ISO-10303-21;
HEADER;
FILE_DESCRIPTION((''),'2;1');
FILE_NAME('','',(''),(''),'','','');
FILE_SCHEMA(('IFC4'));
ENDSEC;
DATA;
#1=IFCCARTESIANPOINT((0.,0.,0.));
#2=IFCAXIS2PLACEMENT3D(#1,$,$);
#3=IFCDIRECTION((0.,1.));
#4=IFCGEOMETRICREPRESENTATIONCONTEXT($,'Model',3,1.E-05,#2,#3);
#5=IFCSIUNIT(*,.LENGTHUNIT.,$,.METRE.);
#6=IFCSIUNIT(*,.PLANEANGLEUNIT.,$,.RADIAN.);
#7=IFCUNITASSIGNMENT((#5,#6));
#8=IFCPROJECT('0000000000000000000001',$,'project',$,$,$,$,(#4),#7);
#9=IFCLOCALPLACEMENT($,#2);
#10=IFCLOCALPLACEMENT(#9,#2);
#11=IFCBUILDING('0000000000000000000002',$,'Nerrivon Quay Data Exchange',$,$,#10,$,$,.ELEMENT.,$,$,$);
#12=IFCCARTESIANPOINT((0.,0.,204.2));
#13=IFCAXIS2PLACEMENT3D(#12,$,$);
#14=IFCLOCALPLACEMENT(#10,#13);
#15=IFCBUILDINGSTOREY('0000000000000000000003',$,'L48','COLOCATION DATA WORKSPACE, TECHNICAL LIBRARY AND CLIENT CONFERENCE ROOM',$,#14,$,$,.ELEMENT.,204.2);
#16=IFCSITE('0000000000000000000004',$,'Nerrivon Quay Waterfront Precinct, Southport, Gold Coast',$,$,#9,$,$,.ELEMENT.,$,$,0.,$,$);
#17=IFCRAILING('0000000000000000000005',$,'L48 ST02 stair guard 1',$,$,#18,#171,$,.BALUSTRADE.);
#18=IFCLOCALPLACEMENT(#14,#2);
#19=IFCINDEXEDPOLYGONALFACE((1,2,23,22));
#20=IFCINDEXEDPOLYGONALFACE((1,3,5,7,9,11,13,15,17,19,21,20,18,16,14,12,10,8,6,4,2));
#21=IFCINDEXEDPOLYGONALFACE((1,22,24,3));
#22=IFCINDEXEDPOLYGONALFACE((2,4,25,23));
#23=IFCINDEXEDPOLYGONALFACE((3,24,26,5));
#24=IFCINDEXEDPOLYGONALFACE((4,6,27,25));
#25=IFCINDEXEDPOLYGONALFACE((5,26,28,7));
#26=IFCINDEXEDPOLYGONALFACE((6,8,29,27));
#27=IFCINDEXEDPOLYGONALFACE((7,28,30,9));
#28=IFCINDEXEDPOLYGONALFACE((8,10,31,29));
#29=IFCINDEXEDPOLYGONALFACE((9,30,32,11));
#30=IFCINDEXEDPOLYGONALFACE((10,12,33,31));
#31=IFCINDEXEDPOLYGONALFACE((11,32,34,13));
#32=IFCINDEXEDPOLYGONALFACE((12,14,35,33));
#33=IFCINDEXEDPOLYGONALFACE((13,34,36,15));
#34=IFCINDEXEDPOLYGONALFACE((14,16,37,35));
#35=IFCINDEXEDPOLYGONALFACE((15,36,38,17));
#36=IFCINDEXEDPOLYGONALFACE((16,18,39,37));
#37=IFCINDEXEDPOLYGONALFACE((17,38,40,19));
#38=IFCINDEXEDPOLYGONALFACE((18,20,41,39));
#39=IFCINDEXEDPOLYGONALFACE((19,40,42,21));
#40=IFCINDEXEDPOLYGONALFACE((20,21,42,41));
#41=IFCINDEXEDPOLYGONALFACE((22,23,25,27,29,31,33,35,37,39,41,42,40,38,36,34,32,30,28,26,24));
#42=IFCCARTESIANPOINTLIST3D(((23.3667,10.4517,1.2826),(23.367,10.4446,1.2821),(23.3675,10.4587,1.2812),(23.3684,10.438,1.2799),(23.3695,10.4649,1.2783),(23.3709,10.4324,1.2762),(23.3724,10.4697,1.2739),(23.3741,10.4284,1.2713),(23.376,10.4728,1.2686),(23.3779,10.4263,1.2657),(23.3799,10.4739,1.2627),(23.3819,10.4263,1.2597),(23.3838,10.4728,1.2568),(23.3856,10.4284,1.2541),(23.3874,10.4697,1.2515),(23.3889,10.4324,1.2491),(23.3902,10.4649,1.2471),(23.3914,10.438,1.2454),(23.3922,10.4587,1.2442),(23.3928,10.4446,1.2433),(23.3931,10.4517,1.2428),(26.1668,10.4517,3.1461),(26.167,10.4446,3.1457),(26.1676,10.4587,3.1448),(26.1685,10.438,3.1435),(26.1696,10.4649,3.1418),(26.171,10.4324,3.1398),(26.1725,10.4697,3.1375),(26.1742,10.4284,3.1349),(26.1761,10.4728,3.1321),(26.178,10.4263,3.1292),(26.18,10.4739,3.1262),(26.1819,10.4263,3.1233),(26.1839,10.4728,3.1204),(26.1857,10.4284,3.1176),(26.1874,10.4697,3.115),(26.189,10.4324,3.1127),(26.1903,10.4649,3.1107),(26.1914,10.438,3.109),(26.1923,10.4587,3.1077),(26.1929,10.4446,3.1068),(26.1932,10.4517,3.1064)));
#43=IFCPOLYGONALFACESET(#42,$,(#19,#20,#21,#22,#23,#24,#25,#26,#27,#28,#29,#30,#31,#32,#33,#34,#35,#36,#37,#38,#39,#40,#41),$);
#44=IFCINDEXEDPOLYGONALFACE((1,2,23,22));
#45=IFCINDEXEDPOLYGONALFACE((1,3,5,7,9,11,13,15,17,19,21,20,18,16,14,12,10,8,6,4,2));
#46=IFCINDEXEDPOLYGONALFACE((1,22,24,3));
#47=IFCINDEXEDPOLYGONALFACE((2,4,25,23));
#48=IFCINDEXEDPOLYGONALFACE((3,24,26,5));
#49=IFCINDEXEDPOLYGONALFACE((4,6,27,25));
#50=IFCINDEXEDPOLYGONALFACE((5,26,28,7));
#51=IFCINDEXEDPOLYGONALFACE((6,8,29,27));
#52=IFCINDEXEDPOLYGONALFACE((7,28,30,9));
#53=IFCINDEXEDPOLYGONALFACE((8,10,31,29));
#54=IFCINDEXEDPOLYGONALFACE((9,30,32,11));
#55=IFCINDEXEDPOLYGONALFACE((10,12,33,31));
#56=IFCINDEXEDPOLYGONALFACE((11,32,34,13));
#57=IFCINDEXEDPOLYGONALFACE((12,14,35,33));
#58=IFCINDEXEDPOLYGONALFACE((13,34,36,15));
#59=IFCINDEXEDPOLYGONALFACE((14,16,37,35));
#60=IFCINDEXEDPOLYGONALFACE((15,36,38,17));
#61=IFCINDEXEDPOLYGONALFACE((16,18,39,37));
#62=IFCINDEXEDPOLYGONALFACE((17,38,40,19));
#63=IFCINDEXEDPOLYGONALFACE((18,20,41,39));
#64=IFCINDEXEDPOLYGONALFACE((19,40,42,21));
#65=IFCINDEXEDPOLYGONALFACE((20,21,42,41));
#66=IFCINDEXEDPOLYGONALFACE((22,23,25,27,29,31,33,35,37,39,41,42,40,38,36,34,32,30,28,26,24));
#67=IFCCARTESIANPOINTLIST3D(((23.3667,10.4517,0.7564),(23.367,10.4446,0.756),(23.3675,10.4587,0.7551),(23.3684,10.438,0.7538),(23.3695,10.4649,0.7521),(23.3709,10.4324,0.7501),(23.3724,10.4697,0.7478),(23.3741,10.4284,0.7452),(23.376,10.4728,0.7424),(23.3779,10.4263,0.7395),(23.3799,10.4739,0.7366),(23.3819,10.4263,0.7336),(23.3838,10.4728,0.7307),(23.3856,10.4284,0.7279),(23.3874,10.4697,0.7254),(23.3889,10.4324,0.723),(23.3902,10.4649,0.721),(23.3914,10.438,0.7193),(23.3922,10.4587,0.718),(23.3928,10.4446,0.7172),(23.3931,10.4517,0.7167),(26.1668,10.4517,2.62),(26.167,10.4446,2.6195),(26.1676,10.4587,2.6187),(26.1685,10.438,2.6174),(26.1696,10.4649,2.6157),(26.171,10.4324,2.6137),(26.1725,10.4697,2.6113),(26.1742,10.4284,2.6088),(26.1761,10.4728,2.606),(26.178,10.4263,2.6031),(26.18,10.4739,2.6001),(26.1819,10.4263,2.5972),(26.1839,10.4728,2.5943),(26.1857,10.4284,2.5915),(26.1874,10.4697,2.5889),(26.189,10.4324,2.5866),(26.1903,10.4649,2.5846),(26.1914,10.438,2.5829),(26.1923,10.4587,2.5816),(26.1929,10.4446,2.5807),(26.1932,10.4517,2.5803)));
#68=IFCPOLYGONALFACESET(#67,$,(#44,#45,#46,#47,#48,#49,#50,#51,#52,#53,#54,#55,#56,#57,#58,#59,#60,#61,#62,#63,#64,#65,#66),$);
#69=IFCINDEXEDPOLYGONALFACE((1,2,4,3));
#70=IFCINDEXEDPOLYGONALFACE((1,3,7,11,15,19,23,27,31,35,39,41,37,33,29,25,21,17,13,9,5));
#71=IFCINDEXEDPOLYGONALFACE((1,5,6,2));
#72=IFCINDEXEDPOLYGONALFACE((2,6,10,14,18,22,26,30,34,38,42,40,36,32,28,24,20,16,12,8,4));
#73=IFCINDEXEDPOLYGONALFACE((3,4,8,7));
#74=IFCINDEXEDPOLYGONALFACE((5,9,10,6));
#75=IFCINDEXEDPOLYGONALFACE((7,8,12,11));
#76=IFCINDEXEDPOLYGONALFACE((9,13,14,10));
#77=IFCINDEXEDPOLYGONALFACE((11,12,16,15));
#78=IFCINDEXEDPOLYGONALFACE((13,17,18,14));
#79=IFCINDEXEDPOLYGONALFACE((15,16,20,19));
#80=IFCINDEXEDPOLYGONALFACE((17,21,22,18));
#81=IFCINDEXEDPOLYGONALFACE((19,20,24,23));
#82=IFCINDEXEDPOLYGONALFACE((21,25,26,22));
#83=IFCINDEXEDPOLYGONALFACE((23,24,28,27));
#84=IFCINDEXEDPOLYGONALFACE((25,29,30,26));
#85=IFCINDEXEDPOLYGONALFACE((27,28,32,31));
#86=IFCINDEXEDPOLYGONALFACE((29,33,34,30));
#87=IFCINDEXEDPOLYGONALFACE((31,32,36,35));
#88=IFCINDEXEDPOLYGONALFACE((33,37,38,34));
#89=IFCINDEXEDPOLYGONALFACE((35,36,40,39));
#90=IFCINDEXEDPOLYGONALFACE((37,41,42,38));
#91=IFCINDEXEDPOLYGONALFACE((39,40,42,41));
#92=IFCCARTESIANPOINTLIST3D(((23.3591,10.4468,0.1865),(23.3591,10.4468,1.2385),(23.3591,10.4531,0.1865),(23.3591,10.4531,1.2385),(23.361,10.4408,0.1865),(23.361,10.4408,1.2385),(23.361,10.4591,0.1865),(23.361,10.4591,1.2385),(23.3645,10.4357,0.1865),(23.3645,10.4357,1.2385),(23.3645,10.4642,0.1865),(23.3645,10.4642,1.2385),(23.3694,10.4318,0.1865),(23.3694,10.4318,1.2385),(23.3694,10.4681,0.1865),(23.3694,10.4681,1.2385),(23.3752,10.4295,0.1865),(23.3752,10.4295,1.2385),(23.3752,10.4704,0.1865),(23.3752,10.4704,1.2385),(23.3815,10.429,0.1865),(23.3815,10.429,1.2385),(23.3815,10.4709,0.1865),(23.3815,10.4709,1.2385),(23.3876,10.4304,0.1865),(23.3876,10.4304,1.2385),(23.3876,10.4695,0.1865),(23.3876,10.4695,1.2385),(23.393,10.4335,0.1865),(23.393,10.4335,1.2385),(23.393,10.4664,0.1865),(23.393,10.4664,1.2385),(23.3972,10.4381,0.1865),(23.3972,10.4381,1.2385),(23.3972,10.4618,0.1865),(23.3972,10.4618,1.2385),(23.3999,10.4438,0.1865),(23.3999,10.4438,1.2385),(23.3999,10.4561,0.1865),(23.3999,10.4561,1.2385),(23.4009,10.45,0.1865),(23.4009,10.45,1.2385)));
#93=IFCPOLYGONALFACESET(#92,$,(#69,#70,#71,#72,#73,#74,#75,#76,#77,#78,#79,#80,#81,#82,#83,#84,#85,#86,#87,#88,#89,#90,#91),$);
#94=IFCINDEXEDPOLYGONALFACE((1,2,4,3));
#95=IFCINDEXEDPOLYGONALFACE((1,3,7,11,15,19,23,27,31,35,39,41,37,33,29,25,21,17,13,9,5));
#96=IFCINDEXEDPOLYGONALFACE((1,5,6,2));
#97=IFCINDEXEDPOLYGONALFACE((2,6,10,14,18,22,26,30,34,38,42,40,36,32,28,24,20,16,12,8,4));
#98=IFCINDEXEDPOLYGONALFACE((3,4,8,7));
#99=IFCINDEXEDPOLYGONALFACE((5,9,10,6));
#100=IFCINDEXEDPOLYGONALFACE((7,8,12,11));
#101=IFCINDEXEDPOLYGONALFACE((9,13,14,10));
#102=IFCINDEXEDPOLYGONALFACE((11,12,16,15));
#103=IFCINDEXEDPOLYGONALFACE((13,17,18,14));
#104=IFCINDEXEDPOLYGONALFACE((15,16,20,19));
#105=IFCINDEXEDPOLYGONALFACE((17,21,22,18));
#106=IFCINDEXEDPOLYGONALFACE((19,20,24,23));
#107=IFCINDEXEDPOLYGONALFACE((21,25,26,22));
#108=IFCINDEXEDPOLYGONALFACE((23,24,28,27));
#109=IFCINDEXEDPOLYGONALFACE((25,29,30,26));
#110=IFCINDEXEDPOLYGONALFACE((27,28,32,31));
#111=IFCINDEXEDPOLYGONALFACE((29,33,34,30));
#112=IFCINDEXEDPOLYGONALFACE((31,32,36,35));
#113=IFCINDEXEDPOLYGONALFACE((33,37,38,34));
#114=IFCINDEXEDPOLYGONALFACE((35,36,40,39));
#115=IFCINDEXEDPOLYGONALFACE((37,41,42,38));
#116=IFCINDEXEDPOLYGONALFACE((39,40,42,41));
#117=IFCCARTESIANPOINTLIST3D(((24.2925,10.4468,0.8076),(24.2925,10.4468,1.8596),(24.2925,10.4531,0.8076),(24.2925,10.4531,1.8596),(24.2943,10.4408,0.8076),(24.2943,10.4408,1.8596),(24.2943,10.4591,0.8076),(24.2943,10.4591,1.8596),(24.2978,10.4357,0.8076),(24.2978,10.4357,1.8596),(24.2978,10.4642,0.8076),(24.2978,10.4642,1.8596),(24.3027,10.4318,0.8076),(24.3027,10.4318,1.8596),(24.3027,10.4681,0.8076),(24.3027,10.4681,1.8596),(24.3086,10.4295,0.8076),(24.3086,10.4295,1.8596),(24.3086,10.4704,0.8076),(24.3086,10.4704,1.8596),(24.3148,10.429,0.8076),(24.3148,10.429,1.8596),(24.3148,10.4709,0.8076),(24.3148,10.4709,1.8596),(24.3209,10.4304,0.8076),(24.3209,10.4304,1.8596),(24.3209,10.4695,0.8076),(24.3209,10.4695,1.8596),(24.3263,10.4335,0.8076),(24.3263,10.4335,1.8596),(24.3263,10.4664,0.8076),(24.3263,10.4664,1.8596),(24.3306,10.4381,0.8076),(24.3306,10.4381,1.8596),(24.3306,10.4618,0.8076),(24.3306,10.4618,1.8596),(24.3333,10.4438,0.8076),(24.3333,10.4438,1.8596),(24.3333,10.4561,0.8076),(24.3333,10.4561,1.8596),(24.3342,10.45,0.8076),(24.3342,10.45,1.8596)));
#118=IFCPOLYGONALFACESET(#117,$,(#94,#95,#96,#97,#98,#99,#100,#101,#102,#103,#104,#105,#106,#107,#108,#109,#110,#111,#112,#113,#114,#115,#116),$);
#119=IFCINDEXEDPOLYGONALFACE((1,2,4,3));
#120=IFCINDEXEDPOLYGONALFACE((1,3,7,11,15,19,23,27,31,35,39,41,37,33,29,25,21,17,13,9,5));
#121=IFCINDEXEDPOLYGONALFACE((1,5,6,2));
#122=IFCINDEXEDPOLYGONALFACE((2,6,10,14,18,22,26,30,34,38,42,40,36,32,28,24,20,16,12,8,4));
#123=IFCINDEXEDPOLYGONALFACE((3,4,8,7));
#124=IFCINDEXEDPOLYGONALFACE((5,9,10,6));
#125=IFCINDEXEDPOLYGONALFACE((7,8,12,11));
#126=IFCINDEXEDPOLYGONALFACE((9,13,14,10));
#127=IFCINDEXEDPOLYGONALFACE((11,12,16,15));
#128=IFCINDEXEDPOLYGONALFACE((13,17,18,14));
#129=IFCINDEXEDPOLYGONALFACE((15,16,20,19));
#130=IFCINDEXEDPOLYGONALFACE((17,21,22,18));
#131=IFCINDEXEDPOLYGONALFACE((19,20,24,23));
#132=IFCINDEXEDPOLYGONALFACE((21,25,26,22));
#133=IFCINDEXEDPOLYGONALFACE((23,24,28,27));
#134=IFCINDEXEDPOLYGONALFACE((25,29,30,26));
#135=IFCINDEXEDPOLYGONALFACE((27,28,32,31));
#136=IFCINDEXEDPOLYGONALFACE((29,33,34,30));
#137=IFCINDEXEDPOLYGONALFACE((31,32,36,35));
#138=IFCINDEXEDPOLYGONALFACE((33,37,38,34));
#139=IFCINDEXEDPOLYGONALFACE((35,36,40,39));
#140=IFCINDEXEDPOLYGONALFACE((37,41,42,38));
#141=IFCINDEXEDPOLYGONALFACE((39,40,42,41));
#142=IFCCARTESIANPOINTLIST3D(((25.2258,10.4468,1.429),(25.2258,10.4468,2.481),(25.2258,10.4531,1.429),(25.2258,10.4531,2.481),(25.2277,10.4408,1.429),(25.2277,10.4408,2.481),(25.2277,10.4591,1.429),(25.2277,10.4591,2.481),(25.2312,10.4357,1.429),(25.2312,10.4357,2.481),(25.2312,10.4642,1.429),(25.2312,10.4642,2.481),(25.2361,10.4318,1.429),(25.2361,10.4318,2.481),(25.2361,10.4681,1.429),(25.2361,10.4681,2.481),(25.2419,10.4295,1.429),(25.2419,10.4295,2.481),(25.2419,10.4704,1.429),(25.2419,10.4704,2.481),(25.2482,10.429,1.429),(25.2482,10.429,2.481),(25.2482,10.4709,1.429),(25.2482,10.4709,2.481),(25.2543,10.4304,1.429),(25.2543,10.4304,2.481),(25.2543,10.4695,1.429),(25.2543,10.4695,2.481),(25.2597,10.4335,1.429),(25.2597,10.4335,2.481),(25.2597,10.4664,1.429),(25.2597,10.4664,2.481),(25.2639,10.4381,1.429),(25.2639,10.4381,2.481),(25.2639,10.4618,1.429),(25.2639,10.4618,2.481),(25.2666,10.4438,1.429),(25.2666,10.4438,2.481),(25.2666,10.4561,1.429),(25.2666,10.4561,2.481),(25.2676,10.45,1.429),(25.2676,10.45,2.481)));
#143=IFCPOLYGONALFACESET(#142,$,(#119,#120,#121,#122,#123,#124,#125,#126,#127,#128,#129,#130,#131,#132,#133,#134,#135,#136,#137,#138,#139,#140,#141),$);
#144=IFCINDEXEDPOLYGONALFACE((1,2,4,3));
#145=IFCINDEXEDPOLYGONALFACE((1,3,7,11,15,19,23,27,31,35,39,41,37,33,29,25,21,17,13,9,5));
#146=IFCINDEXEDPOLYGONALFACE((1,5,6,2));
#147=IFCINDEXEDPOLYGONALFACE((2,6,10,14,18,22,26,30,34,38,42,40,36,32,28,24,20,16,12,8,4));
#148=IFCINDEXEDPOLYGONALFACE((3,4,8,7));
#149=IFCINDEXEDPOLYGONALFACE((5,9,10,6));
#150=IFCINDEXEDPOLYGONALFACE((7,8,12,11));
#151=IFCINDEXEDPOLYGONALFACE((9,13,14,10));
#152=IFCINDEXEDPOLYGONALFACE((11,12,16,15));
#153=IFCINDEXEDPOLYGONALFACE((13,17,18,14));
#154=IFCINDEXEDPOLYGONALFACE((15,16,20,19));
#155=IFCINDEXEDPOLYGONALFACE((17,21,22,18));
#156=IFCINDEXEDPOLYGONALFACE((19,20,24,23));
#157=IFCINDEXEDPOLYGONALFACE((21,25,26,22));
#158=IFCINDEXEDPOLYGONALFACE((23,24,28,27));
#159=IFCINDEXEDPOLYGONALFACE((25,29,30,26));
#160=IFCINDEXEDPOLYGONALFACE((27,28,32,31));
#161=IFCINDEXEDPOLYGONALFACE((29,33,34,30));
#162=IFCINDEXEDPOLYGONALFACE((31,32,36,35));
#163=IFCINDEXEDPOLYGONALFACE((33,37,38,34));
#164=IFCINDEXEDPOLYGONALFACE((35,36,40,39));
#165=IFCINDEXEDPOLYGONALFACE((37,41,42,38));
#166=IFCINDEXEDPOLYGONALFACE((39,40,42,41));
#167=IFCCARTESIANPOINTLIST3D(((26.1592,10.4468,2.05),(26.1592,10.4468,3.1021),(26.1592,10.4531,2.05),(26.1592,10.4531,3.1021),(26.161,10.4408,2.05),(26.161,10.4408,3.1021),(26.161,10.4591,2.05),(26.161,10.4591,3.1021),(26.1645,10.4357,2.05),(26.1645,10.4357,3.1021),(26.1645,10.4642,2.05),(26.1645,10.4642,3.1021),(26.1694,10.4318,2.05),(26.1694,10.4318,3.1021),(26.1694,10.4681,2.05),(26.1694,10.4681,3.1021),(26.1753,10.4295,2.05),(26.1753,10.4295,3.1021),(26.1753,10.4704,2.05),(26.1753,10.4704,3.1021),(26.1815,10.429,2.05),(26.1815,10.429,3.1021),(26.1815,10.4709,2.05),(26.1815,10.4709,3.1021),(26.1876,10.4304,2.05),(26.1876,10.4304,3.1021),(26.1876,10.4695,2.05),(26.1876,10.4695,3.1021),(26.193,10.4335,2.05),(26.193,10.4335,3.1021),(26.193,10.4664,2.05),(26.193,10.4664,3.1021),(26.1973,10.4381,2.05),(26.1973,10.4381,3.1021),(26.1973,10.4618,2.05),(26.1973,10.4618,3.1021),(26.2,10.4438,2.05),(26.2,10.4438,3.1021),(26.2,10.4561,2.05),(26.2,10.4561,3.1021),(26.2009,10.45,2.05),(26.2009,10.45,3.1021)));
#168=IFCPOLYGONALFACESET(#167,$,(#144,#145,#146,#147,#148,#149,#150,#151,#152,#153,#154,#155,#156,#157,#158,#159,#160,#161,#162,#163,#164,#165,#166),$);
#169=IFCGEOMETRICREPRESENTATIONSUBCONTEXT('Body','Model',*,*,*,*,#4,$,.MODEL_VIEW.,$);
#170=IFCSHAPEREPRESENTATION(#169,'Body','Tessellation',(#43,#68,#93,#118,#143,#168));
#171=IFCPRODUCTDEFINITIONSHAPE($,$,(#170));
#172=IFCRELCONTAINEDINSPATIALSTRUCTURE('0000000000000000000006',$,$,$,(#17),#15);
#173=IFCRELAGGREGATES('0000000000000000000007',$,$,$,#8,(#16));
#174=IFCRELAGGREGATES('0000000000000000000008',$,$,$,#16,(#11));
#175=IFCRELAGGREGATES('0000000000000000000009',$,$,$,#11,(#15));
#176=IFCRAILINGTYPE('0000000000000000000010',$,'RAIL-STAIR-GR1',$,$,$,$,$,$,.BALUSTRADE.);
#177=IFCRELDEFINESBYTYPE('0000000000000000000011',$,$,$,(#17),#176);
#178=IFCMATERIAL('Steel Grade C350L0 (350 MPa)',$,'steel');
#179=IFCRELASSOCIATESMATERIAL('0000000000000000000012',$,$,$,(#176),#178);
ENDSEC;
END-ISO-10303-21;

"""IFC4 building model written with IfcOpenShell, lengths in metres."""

from ifc_helpers import new_model, si_unit, direction, frame, origin, origin_2d, place, context, subcontext, project, spatial, circle, extrude, material, type_object, element, save


model = new_model("IFC4")

# Units and contexts
model_context = context("Model", 3, precision=1e-05, world=origin(), true_north=direction((0.0, 1.0)))
body_context = subcontext(model_context, "Body", "Model", "MODEL_VIEW")
ifc_project = project(units=[si_unit("LENGTHUNIT", "METRE"), si_unit("PLANEANGLEUNIT", "RADIAN")], contexts=[model_context])

# Site, building, storey
site_placement = place(None, origin())
site = spatial("IfcSite", under=ifc_project, at=site_placement, Name="Nerrivon Quay Waterfront Precinct, Southport, Gold Coast", CompositionType="ELEMENT", RefElevation=0.0)
building_placement = place(site_placement, origin())
building = spatial("IfcBuilding", under=site, at=building_placement, Name="Nerrivon Quay Data Exchange", CompositionType="ELEMENT")
storey_placement = place(building_placement, frame((0.0, 0.0, 204.2)))
storey = spatial("IfcBuildingStorey", under=building, at=storey_placement, Name="L48", Description="COLOCATION DATA WORKSPACE, TECHNICAL LIBRARY AND CLIENT CONFERENCE ROOM", CompositionType="ELEMENT", Elevation=204.2)

# Railing
ifc_material_1 = material(Name="Steel Grade C350L0 (350 MPa)", Category="steel")
railing_type_1 = type_object("IfcRailingType", Name="RAIL-STAIR-GR1", PredefinedType="BALUSTRADE", material=ifc_material_1)
railing_1_placement = place(storey_placement, frame((23.3799, 10.45, 0.1865)))
element("IfcRailing", 1, at=railing_1_placement, inside=storey, type_object=railing_type_1, Name="L48 ST02 stair guard 1", PredefinedType="BALUSTRADE", context=body_context, shape_type="SweptSolid", body=[
    extrude(circle(Radius=0.0239, at=origin_2d()), frame((0.0, 0.0, 1.0762), z_axis=(0.832486, 0.0, 0.554047), x_axis=(0.0, 1.0, 0.0)), (0.0, 0.0, 1.0), 3.3635),
    extrude(circle(Radius=0.0239, at=origin_2d()), frame((0.0, 0.0, 0.55), z_axis=(0.832486, 0.0, 0.554047), x_axis=(0.0, 1.0, 0.0)), (0.0, 0.0, 1.0), 3.3635),
    extrude(circle(Radius=0.021, at=origin_2d()), origin(), (0.0, 0.0, 1.0), 1.052),
    extrude(circle(Radius=0.021, at=origin_2d()), frame((0.9333, 0.0, 0.6211)), (0.0, 0.0, 1.0), 1.052),
    extrude(circle(Radius=0.021, at=origin_2d()), frame((1.8667, 0.0, 1.2424)), (0.0, 0.0, 1.0), 1.052),
    extrude(circle(Radius=0.021, at=origin_2d()), frame((2.8, 0.0, 1.8635)), (0.0, 0.0, 1.0), 1.052),
])

save(model, "model.ifc")
